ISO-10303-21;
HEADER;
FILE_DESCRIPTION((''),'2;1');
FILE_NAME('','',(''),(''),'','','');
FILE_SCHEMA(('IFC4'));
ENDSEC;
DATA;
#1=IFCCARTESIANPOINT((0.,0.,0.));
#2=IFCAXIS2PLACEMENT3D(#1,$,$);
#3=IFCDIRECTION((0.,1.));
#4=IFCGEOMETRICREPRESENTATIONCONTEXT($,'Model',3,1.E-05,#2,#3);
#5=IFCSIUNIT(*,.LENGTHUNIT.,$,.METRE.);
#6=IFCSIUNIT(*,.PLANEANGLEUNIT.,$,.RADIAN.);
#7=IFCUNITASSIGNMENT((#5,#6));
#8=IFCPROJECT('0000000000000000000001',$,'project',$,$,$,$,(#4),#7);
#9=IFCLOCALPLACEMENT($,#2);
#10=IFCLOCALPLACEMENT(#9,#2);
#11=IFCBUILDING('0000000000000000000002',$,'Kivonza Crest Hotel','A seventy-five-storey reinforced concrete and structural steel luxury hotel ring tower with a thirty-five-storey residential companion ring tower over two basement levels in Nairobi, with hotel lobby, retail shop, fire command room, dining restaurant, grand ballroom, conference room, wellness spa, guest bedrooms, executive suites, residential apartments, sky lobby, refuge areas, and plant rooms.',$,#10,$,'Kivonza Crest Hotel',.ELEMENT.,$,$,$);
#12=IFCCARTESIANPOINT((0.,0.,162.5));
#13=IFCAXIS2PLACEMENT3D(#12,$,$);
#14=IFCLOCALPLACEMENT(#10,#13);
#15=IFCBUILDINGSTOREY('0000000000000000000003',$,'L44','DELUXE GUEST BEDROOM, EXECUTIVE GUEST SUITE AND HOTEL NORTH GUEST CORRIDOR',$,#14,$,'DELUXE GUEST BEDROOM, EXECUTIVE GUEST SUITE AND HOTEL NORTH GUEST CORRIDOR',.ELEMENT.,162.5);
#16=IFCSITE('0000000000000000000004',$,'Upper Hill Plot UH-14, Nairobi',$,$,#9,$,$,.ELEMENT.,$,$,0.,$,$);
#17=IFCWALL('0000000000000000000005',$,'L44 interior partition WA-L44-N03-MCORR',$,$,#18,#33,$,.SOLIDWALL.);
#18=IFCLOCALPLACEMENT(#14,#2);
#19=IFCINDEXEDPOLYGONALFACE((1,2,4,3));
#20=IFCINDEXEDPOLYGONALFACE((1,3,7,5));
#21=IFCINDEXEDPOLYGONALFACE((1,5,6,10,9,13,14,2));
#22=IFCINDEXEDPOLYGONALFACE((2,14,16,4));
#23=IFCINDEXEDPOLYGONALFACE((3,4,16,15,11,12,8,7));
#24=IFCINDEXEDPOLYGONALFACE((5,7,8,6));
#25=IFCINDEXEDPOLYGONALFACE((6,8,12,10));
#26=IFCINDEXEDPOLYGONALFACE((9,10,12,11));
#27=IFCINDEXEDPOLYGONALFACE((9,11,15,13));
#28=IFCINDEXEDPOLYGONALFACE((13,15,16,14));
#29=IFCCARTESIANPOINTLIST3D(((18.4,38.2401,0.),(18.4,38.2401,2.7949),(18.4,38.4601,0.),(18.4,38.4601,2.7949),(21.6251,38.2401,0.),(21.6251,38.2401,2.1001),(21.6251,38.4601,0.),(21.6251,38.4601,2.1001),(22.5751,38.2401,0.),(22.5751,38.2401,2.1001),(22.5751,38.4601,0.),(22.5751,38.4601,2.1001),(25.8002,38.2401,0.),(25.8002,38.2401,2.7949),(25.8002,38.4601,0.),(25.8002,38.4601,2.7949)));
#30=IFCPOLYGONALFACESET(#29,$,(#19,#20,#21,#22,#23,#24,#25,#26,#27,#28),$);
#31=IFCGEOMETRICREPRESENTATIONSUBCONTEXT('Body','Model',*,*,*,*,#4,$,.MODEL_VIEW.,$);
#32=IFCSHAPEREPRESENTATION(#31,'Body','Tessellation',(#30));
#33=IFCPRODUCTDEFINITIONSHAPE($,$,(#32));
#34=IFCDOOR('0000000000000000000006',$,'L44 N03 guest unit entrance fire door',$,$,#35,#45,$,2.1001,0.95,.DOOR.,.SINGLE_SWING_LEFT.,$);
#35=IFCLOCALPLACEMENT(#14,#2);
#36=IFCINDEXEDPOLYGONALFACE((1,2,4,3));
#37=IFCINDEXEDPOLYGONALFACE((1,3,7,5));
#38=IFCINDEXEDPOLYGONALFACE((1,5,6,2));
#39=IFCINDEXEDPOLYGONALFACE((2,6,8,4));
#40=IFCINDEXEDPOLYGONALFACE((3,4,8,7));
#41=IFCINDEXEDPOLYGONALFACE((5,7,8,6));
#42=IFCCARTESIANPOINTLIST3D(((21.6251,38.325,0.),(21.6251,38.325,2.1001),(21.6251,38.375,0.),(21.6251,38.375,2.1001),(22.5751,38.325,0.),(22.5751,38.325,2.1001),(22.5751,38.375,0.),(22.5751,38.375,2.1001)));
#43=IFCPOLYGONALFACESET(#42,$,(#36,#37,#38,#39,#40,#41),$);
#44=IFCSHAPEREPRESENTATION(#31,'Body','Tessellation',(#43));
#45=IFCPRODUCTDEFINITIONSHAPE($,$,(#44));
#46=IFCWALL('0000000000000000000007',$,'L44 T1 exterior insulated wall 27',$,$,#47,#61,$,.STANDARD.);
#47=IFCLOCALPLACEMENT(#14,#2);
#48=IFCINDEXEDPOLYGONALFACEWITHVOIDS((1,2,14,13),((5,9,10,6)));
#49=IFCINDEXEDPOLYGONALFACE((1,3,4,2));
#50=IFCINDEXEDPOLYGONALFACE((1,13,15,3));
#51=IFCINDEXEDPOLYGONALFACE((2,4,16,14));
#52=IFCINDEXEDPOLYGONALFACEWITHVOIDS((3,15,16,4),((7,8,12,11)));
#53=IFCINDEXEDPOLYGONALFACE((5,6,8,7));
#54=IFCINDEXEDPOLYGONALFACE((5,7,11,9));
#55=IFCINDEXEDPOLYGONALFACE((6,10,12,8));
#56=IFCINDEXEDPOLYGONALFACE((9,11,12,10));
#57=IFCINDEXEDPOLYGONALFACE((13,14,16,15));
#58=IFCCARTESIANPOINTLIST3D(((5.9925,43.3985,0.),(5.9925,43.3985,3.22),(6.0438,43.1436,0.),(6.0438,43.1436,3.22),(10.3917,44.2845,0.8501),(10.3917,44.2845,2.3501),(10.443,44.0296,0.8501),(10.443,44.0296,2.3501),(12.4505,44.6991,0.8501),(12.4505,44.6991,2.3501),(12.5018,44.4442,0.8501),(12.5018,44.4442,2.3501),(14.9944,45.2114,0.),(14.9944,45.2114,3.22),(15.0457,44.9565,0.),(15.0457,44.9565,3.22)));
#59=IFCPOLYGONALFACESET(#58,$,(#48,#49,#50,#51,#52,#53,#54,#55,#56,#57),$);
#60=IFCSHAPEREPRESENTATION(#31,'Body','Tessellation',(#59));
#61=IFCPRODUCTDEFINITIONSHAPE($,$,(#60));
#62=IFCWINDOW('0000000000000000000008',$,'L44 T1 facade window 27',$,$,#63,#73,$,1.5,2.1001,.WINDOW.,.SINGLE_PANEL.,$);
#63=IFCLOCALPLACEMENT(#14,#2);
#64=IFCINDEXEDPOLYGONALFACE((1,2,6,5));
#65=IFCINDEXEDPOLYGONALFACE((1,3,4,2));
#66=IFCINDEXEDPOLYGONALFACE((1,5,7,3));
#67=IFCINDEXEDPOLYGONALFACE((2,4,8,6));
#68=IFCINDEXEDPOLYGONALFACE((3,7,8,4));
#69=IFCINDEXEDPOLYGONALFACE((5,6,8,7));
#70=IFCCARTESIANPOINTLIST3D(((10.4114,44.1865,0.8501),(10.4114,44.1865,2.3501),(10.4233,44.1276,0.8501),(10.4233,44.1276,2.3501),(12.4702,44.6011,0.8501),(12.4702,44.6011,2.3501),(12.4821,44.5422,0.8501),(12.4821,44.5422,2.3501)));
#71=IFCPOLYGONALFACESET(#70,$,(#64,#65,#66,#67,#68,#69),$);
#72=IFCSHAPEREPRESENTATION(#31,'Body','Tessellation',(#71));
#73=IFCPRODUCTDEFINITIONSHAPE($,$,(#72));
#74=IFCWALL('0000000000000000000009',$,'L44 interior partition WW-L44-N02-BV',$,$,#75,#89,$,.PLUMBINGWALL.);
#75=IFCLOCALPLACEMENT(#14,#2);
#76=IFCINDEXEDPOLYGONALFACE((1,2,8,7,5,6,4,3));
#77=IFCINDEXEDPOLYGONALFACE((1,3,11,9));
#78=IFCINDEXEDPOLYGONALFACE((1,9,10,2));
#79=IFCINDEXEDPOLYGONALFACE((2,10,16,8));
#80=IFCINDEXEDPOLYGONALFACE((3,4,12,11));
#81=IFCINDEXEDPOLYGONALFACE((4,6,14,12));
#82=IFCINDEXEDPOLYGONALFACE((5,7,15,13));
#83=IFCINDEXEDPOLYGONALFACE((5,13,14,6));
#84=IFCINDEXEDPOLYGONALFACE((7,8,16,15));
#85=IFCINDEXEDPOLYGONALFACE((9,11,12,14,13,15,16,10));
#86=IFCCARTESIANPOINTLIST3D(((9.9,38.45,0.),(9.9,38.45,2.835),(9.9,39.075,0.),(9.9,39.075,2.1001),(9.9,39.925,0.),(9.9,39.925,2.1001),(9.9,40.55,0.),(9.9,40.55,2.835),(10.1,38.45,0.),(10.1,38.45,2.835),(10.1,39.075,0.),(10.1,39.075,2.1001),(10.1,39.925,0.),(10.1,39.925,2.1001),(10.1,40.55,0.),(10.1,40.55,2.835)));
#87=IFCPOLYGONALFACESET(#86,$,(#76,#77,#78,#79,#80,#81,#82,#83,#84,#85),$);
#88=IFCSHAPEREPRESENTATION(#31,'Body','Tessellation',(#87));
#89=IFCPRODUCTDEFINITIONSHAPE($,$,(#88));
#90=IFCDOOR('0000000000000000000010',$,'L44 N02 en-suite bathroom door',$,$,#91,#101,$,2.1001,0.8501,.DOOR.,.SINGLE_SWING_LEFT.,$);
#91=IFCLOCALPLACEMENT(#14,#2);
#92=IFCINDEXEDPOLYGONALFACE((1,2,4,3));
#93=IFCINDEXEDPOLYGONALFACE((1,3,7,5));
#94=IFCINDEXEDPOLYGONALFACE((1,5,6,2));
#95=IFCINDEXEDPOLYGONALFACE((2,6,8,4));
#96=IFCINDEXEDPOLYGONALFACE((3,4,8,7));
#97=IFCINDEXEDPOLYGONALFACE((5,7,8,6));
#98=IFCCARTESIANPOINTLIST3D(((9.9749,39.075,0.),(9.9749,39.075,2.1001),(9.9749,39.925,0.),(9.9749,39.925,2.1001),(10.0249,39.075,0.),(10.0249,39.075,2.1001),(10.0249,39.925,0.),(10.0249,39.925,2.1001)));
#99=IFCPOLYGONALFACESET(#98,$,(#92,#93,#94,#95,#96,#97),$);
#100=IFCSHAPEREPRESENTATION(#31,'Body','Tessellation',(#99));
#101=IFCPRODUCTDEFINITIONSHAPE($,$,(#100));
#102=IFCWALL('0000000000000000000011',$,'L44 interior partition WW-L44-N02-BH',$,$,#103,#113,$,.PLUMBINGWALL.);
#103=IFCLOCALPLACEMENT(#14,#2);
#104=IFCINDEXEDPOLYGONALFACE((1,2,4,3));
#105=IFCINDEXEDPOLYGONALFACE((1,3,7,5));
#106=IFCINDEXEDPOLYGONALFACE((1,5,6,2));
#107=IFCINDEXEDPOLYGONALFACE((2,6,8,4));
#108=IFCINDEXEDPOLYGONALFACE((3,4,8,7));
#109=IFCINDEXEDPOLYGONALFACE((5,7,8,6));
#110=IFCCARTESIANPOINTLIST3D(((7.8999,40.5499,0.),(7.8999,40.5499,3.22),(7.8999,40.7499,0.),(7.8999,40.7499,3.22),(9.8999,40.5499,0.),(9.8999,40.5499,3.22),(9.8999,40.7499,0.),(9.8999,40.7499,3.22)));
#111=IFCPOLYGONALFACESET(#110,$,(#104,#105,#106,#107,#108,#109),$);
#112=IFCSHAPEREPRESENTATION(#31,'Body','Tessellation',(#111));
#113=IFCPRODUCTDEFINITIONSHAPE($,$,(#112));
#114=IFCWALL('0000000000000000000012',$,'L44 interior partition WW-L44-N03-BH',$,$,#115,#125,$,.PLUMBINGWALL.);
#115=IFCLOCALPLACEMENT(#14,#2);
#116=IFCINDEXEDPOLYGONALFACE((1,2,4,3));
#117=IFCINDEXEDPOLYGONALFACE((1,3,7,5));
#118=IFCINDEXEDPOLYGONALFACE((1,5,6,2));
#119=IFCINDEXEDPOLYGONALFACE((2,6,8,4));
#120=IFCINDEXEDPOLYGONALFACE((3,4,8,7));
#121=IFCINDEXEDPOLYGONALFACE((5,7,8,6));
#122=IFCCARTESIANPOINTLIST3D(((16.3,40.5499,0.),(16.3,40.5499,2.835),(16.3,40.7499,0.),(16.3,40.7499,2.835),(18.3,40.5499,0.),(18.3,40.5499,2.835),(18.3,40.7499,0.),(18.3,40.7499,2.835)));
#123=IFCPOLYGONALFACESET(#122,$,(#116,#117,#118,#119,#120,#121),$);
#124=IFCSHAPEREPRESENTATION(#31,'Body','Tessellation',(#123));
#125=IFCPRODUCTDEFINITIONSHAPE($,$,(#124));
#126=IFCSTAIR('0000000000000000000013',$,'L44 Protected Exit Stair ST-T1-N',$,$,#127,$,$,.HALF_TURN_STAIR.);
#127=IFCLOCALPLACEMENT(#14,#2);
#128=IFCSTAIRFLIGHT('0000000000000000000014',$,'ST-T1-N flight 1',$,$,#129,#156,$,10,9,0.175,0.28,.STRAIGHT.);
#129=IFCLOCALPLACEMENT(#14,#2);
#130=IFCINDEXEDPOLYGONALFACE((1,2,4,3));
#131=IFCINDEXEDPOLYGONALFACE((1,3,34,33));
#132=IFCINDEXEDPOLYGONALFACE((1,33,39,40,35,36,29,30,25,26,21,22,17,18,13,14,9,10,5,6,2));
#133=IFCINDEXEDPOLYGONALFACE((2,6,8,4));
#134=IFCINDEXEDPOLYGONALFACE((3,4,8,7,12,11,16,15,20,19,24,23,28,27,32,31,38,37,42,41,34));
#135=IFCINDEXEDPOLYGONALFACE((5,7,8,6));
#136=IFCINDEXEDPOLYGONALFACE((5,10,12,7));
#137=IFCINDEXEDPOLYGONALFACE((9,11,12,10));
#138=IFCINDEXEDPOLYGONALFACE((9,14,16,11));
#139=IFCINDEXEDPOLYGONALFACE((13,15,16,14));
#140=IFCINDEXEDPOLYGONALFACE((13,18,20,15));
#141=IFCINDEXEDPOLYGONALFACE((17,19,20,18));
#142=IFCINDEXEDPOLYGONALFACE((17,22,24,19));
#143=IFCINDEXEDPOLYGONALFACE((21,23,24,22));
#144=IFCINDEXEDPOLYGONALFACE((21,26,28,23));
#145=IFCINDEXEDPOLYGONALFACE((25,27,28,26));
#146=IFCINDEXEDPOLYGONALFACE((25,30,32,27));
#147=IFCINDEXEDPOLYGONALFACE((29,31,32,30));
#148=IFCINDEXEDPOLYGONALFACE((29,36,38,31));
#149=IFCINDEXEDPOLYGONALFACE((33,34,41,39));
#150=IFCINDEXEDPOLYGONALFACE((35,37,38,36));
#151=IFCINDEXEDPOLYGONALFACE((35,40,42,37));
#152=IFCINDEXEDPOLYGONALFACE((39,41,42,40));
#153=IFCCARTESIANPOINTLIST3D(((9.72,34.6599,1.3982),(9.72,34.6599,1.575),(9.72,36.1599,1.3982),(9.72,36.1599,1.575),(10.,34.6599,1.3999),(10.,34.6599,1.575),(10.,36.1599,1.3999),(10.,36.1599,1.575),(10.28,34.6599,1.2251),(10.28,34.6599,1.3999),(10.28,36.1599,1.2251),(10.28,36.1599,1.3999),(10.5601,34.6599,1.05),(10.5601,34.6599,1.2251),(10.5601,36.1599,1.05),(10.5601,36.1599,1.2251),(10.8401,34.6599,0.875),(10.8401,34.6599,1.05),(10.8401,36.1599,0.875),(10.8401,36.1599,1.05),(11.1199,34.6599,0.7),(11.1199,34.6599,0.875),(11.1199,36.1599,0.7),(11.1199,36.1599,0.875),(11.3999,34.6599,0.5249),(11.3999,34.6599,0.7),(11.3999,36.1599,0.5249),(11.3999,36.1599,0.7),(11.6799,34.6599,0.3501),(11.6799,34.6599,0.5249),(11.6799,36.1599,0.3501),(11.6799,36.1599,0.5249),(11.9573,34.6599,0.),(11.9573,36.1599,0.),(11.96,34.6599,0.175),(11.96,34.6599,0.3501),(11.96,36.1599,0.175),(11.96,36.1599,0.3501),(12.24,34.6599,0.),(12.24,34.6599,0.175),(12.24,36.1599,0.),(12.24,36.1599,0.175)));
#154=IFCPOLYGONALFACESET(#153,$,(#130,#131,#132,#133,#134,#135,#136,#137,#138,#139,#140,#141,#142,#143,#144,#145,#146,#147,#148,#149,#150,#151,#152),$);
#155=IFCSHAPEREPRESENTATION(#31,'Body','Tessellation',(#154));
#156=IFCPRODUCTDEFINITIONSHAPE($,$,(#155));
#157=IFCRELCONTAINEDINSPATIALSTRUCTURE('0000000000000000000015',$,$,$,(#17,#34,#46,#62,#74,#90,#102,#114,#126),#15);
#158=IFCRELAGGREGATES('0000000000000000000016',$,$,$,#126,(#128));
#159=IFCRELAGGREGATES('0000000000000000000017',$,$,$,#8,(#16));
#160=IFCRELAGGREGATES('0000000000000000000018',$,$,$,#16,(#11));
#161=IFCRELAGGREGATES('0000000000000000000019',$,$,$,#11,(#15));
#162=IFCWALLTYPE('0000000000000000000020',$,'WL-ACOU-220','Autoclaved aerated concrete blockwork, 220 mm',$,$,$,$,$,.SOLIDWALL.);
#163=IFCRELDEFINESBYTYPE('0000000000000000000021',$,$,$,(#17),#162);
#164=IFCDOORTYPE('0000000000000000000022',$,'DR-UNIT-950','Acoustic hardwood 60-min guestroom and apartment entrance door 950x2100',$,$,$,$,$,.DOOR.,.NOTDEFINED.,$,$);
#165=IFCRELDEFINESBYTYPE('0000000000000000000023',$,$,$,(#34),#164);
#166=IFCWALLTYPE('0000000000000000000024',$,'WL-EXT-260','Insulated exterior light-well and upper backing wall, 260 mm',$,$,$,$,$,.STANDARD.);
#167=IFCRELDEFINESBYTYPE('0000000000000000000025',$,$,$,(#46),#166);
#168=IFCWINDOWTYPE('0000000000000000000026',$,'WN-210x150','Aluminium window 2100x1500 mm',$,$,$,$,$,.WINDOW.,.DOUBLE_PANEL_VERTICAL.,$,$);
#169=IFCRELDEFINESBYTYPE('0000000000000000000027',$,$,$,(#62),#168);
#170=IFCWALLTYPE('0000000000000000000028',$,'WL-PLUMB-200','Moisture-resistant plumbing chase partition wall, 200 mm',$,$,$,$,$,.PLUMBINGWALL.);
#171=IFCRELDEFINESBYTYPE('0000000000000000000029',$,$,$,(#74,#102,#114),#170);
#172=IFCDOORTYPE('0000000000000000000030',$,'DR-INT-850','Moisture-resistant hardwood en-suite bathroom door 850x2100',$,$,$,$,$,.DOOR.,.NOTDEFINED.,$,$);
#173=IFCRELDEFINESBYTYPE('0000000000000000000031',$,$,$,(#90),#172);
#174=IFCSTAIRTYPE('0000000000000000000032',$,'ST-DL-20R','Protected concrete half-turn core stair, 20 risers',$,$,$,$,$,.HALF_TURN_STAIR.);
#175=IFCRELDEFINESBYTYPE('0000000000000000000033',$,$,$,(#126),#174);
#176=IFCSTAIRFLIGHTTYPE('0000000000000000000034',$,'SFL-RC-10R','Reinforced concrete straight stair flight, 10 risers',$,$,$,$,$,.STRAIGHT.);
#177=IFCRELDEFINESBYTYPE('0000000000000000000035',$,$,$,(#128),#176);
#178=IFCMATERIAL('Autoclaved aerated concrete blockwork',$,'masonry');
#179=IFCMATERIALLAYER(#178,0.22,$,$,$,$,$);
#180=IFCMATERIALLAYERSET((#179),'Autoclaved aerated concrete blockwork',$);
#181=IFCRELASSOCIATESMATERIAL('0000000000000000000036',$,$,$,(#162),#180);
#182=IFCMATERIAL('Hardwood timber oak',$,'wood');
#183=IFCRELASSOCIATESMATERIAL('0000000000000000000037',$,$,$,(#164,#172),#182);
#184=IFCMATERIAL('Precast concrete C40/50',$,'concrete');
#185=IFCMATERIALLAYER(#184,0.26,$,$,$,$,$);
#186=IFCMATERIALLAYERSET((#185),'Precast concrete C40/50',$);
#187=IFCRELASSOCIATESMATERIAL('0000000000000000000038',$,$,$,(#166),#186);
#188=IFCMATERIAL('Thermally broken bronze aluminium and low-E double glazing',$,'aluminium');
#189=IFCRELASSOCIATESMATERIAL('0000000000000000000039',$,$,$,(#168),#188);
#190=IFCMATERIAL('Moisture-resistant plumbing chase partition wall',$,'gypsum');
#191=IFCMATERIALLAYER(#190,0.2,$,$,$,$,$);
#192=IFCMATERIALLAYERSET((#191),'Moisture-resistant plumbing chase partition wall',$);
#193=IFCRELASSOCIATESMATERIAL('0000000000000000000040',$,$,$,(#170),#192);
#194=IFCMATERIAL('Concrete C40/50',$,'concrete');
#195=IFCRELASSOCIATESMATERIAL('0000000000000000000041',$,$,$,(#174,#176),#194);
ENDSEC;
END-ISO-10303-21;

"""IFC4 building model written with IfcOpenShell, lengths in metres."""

from ifc_helpers import new_model, si_unit, direction, frame, frame_2d, origin, place, context, subcontext, project, spatial, polyline, rectangle, outline, extrude, material, layer, layer_set, type_object, element, fill, aggregate, save


model = new_model("IFC4")

# Units and contexts
model_context = context("Model", 3, precision=1e-05, world=origin(), true_north=direction((0.0, 1.0)))
body_context = subcontext(model_context, "Body", "Model", "MODEL_VIEW")
ifc_project = project(units=[si_unit("LENGTHUNIT", "METRE"), si_unit("PLANEANGLEUNIT", "RADIAN")], contexts=[model_context])

# Site, building, storey
site_placement = place(None, origin())
site = spatial("IfcSite", under=ifc_project, at=site_placement, Name="Upper Hill Plot UH-14, Nairobi", CompositionType="ELEMENT", RefElevation=0.0)
building_placement = place(site_placement, origin())
building = spatial("IfcBuilding", under=site, at=building_placement, Name="Kivonza Crest Hotel", Description="A seventy-five-storey reinforced concrete and structural steel luxury hotel ring tower with a thirty-five-storey residential companion ring tower over two basement levels in Nairobi, with hotel lobby, retail shop, fire command room, dining restaurant, grand ballroom, conference room, wellness spa, guest bedrooms, executive suites, residential apartments, sky lobby, refuge areas, and plant rooms.", LongName="Kivonza Crest Hotel", CompositionType="ELEMENT")
storey_placement = place(building_placement, frame((0.0, 0.0, 162.5)))
storey = spatial("IfcBuildingStorey", under=building, at=storey_placement, Name="L44", Description="DELUXE GUEST BEDROOM, EXECUTIVE GUEST SUITE AND HOTEL NORTH GUEST CORRIDOR", LongName="DELUXE GUEST BEDROOM, EXECUTIVE GUEST SUITE AND HOTEL NORTH GUEST CORRIDOR", CompositionType="ELEMENT", Elevation=162.5)

# Shared definitions
ifc_material_1 = material(Name="Autoclaved aerated concrete blockwork", Category="masonry")
ifc_layer_1 = layer(ifc_material_1, 0.22)
ifc_layer_set_1 = layer_set([ifc_layer_1], Name="Autoclaved aerated concrete blockwork")
wall_type_1 = type_object("IfcWallType", Name="WL-ACOU-220", Description="Autoclaved aerated concrete blockwork, 220 mm", PredefinedType="SOLIDWALL", material=ifc_layer_set_1)
ifc_material_2 = material(Name="Hardwood timber oak", Category="wood")
door_type_1 = type_object("IfcDoorType", Name="DR-UNIT-950", Description="Acoustic hardwood 60-min guestroom and apartment entrance door 950x2100", OperationType="NOTDEFINED", PredefinedType="DOOR", material=ifc_material_2)

# Wall, opening, door
wall_1_placement = place(storey_placement, frame((18.3999, 38.3501, 0.0), z_axis=(0.0, 0.0, 1.0), x_axis=(1.0, 0.0, 0.0)))
wall_1 = element("IfcWall", 1, at=wall_1_placement, inside=storey, type_object=wall_type_1, Name="L44 interior partition WA-L44-N03-MCORR", PredefinedType="SOLIDWALL", context=body_context, shape_type="SweptSolid", body=[
    extrude(rectangle(XDim=7.4001, YDim=0.22, at=frame_2d((3.7002, 0.0))), origin(), (0.0, 0.0, 1.0), 2.7949),
])
opening_1_placement = place(wall_1_placement, frame((3.2251, 0.0, 0.0)))
opening_1 = element("IfcOpeningElement", 2, at=opening_1_placement, cuts=wall_1, PredefinedType="OPENING", context=body_context, shape_type="SweptSolid", body=[
    extrude(rectangle(XDim=0.95, YDim=2.1001, at=frame_2d((0.4751, 1.05))), frame((0.0, 0.1201, 0.0), z_axis=(0.0, -1.0, 0.0), x_axis=(1.0, 0.0, 0.0)), (0.0, 0.0, 1.0), 0.24),
])
door_1_placement = place(opening_1_placement, origin())
door_1 = element("IfcDoor", 3, at=door_1_placement, inside=storey, type_object=door_type_1, Name="L44 N03 guest unit entrance fire door", OperationType="SINGLE_SWING_LEFT", OverallHeight=2.1001, OverallWidth=0.95, PredefinedType="DOOR", context=body_context, shape_type="SweptSolid", body=[
    extrude(rectangle(XDim=0.95, YDim=2.1001, at=frame_2d((0.4751, 1.05))), frame((0.0, 0.0249, 0.0), z_axis=(0.0, -1.0, 0.0), x_axis=(1.0, 0.0, 0.0)), (0.0, 0.0, 1.0), 0.05),
])
fill(opening_1, door_1)

# Wall, opening, window
ifc_material_3 = material(Name="Precast concrete C40/50", Category="concrete")
ifc_layer_2 = layer(ifc_material_3, 0.26)
ifc_layer_set_2 = layer_set([ifc_layer_2], Name="Precast concrete C40/50")
wall_type_2 = type_object("IfcWallType", Name="WL-EXT-260", Description="Insulated exterior light-well and upper backing wall, 260 mm", PredefinedType="STANDARD", material=ifc_layer_set_2)
wall_2_placement = place(storey_placement, frame((15.02, 45.084, 0.0), z_axis=(0.0, 0.0, 1.0), x_axis=(-0.980316, -0.197435, 0.0)))
wall_2 = element("IfcWall", 4, at=wall_2_placement, inside=storey, type_object=wall_type_2, Name="L44 T1 exterior insulated wall 27", PredefinedType="STANDARD", context=body_context, shape_type="SweptSolid", body=[
    extrude(rectangle(XDim=9.1826, YDim=0.26, at=frame_2d((4.5913, 0.0))), origin(), (0.0, 0.0, 1.0), 3.22),
])
opening_2_placement = place(wall_2_placement, frame((2.595, 0.0, 0.8501)))
opening_2 = element("IfcOpeningElement", 5, at=opening_2_placement, cuts=wall_2, PredefinedType="OPENING", context=body_context, shape_type="SweptSolid", body=[
    extrude(rectangle(XDim=2.1001, YDim=1.5, at=frame_2d((1.05, 0.75))), frame((0.0, 0.1401, 0.0), z_axis=(0.0, -1.0, 0.0), x_axis=(1.0, 0.0, 0.0)), (0.0, 0.0, 1.0), 0.28),
])
ifc_material_4 = material(Name="Thermally broken bronze aluminium and low-E double glazing", Category="aluminium")
window_type = type_object("IfcWindowType", Name="WN-210x150", Description="Aluminium window 2100x1500 mm", PartitioningType="DOUBLE_PANEL_VERTICAL", PredefinedType="WINDOW", material=ifc_material_4)
window_placement = place(opening_2_placement, origin())
window = element("IfcWindow", 6, at=window_placement, inside=storey, type_object=window_type, Name="L44 T1 facade window 27", OverallHeight=1.5, OverallWidth=2.1001, PartitioningType="SINGLE_PANEL", PredefinedType="WINDOW", context=body_context, shape_type="SweptSolid", body=[
    extrude(rectangle(XDim=2.1001, YDim=1.5, at=frame_2d((1.05, 0.75))), frame((0.0, 0.03, 0.0), z_axis=(0.0, -1.0, 0.0), x_axis=(1.0, 0.0, 0.0)), (0.0, 0.0, 1.0), 0.0601),
])
fill(opening_2, window)

# Wall, opening, door
ifc_material_5 = material(Name="Moisture-resistant plumbing chase partition wall", Category="gypsum")
ifc_layer_3 = layer(ifc_material_5, 0.2)
ifc_layer_set_3 = layer_set([ifc_layer_3], Name="Moisture-resistant plumbing chase partition wall")
wall_type_3 = type_object("IfcWallType", Name="WL-PLUMB-200", Description="Moisture-resistant plumbing chase partition wall, 200 mm", PredefinedType="PLUMBINGWALL", material=ifc_layer_set_3)
wall_3_placement = place(storey_placement, frame((10.0, 38.45, 0.0), z_axis=(0.0, 0.0, 1.0), x_axis=(0.0, 1.0, 0.0)))
wall_3 = element("IfcWall", 7, at=wall_3_placement, inside=storey, type_object=wall_type_3, Name="L44 interior partition WW-L44-N02-BV", PredefinedType="PLUMBINGWALL", context=body_context, shape_type="SweptSolid", body=[
    extrude(rectangle(XDim=2.1001, YDim=0.2, at=frame_2d((1.05, 0.0))), origin(), (0.0, 0.0, 1.0), 2.835),
])
opening_3_placement = place(wall_3_placement, frame((0.625, 0.0, 0.0)))
opening_3 = element("IfcOpeningElement", 8, at=opening_3_placement, cuts=wall_3, PredefinedType="OPENING", context=body_context, shape_type="SweptSolid", body=[
    extrude(rectangle(XDim=0.8501, YDim=2.1001, at=frame_2d((0.425, 1.05))), frame((0.0, 0.1099, 0.0), z_axis=(0.0, -1.0, 0.0), x_axis=(1.0, 0.0, 0.0)), (0.0, 0.0, 1.0), 0.22),
])
door_type_2 = type_object("IfcDoorType", Name="DR-INT-850", Description="Moisture-resistant hardwood en-suite bathroom door 850x2100", OperationType="NOTDEFINED", PredefinedType="DOOR", material=ifc_material_2)
door_2_placement = place(opening_3_placement, frame((0.8501, 0.0, 0.0), z_axis=(0.0, 0.0, 1.0), x_axis=(-1.0, 0.0, 0.0)))
door_2 = element("IfcDoor", 9, at=door_2_placement, inside=storey, type_object=door_type_2, Name="L44 N02 en-suite bathroom door", OperationType="SINGLE_SWING_LEFT", OverallHeight=2.1001, OverallWidth=0.8501, PredefinedType="DOOR", context=body_context, shape_type="SweptSolid", body=[
    extrude(rectangle(XDim=0.8501, YDim=2.1001, at=frame_2d((0.425, 1.05))), frame((0.0, 0.0249, 0.0), z_axis=(0.0, -1.0, 0.0), x_axis=(1.0, 0.0, 0.0)), (0.0, 0.0, 1.0), 0.05),
])
fill(opening_3, door_2)

# Walls
wall_4_placement = place(storey_placement, frame((7.8999, 40.6499, 0.0), z_axis=(0.0, 0.0, 1.0), x_axis=(1.0, 0.0, 0.0)))
element("IfcWall", 10, at=wall_4_placement, inside=storey, type_object=wall_type_3, Name="L44 interior partition WW-L44-N02-BH", PredefinedType="PLUMBINGWALL", context=body_context, shape_type="SweptSolid", body=[
    extrude(rectangle(XDim=2.0, YDim=0.2, at=frame_2d((1.0, 0.0))), origin(), (0.0, 0.0, 1.0), 3.22),
])
wall_5_placement = place(storey_placement, frame((16.3, 40.6499, 0.0), z_axis=(0.0, 0.0, 1.0), x_axis=(1.0, 0.0, 0.0)))
element("IfcWall", 11, at=wall_5_placement, inside=storey, type_object=wall_type_3, Name="L44 interior partition WW-L44-N03-BH", PredefinedType="PLUMBINGWALL", context=body_context, shape_type="SweptSolid", body=[
    extrude(rectangle(XDim=2.0, YDim=0.2, at=frame_2d((1.0, 0.0))), origin(), (0.0, 0.0, 1.0), 2.835),
])

# Stair, stair flight
ifc_material_6 = material(Name="Concrete C40/50", Category="concrete")
stair_type = type_object("IfcStairType", Name="ST-DL-20R", Description="Protected concrete half-turn core stair, 20 risers", PredefinedType="HALF_TURN_STAIR", material=ifc_material_6)
stair_placement = place(storey_placement, origin())
stair = element("IfcStair", 12, at=stair_placement, inside=storey, type_object=stair_type, Name="L44 Protected Exit Stair ST-T1-N", PredefinedType="HALF_TURN_STAIR")
stair_flight_type = type_object("IfcStairFlightType", Name="SFL-RC-10R", Description="Reinforced concrete straight stair flight, 10 risers", PredefinedType="STRAIGHT", material=ifc_material_6)
stair_flight_placement = place(storey_placement, frame((12.24, 35.4099, 0.0), z_axis=(0.0, 0.0, 1.0), x_axis=(-1.0, 0.0, 0.0)))
stair_flight = element("IfcStairFlight", 13, at=stair_flight_placement, type_object=stair_flight_type, Name="ST-T1-N flight 1", NumberOfRisers=10, NumberOfTreads=9, PredefinedType="STRAIGHT", RiserHeight=0.175, TreadLength=0.28, context=body_context, shape_type="SweptSolid", body=[
    extrude(outline(polyline([(0.0, 0.0), (0.0, 0.175), (0.28, 0.175), (0.28, 0.3501), (0.5601, 0.3501), (0.5601, 0.5249), (0.8401, 0.5249), (0.8401, 0.7), (1.1201, 0.7), (1.1201, 0.875), (1.3999, 0.875), (1.3999, 1.05), (1.6799, 1.05), (1.6799, 1.2251), (1.96, 1.2251), (1.96, 1.3999), (2.24, 1.3999), (2.24, 1.575), (2.52, 1.575), (2.52, 1.75), (2.52, 1.3982), (0.2827, 0.0), (0.0, 0.0)])), frame((0.0, 0.75, 0.0), z_axis=(0.0, -1.0, 0.0), x_axis=(1.0, 0.0, 0.0)), (0.0, 0.0, 1.0), 1.5),
])
aggregate(stair, [stair_flight])

save(model, "model.ifc")
